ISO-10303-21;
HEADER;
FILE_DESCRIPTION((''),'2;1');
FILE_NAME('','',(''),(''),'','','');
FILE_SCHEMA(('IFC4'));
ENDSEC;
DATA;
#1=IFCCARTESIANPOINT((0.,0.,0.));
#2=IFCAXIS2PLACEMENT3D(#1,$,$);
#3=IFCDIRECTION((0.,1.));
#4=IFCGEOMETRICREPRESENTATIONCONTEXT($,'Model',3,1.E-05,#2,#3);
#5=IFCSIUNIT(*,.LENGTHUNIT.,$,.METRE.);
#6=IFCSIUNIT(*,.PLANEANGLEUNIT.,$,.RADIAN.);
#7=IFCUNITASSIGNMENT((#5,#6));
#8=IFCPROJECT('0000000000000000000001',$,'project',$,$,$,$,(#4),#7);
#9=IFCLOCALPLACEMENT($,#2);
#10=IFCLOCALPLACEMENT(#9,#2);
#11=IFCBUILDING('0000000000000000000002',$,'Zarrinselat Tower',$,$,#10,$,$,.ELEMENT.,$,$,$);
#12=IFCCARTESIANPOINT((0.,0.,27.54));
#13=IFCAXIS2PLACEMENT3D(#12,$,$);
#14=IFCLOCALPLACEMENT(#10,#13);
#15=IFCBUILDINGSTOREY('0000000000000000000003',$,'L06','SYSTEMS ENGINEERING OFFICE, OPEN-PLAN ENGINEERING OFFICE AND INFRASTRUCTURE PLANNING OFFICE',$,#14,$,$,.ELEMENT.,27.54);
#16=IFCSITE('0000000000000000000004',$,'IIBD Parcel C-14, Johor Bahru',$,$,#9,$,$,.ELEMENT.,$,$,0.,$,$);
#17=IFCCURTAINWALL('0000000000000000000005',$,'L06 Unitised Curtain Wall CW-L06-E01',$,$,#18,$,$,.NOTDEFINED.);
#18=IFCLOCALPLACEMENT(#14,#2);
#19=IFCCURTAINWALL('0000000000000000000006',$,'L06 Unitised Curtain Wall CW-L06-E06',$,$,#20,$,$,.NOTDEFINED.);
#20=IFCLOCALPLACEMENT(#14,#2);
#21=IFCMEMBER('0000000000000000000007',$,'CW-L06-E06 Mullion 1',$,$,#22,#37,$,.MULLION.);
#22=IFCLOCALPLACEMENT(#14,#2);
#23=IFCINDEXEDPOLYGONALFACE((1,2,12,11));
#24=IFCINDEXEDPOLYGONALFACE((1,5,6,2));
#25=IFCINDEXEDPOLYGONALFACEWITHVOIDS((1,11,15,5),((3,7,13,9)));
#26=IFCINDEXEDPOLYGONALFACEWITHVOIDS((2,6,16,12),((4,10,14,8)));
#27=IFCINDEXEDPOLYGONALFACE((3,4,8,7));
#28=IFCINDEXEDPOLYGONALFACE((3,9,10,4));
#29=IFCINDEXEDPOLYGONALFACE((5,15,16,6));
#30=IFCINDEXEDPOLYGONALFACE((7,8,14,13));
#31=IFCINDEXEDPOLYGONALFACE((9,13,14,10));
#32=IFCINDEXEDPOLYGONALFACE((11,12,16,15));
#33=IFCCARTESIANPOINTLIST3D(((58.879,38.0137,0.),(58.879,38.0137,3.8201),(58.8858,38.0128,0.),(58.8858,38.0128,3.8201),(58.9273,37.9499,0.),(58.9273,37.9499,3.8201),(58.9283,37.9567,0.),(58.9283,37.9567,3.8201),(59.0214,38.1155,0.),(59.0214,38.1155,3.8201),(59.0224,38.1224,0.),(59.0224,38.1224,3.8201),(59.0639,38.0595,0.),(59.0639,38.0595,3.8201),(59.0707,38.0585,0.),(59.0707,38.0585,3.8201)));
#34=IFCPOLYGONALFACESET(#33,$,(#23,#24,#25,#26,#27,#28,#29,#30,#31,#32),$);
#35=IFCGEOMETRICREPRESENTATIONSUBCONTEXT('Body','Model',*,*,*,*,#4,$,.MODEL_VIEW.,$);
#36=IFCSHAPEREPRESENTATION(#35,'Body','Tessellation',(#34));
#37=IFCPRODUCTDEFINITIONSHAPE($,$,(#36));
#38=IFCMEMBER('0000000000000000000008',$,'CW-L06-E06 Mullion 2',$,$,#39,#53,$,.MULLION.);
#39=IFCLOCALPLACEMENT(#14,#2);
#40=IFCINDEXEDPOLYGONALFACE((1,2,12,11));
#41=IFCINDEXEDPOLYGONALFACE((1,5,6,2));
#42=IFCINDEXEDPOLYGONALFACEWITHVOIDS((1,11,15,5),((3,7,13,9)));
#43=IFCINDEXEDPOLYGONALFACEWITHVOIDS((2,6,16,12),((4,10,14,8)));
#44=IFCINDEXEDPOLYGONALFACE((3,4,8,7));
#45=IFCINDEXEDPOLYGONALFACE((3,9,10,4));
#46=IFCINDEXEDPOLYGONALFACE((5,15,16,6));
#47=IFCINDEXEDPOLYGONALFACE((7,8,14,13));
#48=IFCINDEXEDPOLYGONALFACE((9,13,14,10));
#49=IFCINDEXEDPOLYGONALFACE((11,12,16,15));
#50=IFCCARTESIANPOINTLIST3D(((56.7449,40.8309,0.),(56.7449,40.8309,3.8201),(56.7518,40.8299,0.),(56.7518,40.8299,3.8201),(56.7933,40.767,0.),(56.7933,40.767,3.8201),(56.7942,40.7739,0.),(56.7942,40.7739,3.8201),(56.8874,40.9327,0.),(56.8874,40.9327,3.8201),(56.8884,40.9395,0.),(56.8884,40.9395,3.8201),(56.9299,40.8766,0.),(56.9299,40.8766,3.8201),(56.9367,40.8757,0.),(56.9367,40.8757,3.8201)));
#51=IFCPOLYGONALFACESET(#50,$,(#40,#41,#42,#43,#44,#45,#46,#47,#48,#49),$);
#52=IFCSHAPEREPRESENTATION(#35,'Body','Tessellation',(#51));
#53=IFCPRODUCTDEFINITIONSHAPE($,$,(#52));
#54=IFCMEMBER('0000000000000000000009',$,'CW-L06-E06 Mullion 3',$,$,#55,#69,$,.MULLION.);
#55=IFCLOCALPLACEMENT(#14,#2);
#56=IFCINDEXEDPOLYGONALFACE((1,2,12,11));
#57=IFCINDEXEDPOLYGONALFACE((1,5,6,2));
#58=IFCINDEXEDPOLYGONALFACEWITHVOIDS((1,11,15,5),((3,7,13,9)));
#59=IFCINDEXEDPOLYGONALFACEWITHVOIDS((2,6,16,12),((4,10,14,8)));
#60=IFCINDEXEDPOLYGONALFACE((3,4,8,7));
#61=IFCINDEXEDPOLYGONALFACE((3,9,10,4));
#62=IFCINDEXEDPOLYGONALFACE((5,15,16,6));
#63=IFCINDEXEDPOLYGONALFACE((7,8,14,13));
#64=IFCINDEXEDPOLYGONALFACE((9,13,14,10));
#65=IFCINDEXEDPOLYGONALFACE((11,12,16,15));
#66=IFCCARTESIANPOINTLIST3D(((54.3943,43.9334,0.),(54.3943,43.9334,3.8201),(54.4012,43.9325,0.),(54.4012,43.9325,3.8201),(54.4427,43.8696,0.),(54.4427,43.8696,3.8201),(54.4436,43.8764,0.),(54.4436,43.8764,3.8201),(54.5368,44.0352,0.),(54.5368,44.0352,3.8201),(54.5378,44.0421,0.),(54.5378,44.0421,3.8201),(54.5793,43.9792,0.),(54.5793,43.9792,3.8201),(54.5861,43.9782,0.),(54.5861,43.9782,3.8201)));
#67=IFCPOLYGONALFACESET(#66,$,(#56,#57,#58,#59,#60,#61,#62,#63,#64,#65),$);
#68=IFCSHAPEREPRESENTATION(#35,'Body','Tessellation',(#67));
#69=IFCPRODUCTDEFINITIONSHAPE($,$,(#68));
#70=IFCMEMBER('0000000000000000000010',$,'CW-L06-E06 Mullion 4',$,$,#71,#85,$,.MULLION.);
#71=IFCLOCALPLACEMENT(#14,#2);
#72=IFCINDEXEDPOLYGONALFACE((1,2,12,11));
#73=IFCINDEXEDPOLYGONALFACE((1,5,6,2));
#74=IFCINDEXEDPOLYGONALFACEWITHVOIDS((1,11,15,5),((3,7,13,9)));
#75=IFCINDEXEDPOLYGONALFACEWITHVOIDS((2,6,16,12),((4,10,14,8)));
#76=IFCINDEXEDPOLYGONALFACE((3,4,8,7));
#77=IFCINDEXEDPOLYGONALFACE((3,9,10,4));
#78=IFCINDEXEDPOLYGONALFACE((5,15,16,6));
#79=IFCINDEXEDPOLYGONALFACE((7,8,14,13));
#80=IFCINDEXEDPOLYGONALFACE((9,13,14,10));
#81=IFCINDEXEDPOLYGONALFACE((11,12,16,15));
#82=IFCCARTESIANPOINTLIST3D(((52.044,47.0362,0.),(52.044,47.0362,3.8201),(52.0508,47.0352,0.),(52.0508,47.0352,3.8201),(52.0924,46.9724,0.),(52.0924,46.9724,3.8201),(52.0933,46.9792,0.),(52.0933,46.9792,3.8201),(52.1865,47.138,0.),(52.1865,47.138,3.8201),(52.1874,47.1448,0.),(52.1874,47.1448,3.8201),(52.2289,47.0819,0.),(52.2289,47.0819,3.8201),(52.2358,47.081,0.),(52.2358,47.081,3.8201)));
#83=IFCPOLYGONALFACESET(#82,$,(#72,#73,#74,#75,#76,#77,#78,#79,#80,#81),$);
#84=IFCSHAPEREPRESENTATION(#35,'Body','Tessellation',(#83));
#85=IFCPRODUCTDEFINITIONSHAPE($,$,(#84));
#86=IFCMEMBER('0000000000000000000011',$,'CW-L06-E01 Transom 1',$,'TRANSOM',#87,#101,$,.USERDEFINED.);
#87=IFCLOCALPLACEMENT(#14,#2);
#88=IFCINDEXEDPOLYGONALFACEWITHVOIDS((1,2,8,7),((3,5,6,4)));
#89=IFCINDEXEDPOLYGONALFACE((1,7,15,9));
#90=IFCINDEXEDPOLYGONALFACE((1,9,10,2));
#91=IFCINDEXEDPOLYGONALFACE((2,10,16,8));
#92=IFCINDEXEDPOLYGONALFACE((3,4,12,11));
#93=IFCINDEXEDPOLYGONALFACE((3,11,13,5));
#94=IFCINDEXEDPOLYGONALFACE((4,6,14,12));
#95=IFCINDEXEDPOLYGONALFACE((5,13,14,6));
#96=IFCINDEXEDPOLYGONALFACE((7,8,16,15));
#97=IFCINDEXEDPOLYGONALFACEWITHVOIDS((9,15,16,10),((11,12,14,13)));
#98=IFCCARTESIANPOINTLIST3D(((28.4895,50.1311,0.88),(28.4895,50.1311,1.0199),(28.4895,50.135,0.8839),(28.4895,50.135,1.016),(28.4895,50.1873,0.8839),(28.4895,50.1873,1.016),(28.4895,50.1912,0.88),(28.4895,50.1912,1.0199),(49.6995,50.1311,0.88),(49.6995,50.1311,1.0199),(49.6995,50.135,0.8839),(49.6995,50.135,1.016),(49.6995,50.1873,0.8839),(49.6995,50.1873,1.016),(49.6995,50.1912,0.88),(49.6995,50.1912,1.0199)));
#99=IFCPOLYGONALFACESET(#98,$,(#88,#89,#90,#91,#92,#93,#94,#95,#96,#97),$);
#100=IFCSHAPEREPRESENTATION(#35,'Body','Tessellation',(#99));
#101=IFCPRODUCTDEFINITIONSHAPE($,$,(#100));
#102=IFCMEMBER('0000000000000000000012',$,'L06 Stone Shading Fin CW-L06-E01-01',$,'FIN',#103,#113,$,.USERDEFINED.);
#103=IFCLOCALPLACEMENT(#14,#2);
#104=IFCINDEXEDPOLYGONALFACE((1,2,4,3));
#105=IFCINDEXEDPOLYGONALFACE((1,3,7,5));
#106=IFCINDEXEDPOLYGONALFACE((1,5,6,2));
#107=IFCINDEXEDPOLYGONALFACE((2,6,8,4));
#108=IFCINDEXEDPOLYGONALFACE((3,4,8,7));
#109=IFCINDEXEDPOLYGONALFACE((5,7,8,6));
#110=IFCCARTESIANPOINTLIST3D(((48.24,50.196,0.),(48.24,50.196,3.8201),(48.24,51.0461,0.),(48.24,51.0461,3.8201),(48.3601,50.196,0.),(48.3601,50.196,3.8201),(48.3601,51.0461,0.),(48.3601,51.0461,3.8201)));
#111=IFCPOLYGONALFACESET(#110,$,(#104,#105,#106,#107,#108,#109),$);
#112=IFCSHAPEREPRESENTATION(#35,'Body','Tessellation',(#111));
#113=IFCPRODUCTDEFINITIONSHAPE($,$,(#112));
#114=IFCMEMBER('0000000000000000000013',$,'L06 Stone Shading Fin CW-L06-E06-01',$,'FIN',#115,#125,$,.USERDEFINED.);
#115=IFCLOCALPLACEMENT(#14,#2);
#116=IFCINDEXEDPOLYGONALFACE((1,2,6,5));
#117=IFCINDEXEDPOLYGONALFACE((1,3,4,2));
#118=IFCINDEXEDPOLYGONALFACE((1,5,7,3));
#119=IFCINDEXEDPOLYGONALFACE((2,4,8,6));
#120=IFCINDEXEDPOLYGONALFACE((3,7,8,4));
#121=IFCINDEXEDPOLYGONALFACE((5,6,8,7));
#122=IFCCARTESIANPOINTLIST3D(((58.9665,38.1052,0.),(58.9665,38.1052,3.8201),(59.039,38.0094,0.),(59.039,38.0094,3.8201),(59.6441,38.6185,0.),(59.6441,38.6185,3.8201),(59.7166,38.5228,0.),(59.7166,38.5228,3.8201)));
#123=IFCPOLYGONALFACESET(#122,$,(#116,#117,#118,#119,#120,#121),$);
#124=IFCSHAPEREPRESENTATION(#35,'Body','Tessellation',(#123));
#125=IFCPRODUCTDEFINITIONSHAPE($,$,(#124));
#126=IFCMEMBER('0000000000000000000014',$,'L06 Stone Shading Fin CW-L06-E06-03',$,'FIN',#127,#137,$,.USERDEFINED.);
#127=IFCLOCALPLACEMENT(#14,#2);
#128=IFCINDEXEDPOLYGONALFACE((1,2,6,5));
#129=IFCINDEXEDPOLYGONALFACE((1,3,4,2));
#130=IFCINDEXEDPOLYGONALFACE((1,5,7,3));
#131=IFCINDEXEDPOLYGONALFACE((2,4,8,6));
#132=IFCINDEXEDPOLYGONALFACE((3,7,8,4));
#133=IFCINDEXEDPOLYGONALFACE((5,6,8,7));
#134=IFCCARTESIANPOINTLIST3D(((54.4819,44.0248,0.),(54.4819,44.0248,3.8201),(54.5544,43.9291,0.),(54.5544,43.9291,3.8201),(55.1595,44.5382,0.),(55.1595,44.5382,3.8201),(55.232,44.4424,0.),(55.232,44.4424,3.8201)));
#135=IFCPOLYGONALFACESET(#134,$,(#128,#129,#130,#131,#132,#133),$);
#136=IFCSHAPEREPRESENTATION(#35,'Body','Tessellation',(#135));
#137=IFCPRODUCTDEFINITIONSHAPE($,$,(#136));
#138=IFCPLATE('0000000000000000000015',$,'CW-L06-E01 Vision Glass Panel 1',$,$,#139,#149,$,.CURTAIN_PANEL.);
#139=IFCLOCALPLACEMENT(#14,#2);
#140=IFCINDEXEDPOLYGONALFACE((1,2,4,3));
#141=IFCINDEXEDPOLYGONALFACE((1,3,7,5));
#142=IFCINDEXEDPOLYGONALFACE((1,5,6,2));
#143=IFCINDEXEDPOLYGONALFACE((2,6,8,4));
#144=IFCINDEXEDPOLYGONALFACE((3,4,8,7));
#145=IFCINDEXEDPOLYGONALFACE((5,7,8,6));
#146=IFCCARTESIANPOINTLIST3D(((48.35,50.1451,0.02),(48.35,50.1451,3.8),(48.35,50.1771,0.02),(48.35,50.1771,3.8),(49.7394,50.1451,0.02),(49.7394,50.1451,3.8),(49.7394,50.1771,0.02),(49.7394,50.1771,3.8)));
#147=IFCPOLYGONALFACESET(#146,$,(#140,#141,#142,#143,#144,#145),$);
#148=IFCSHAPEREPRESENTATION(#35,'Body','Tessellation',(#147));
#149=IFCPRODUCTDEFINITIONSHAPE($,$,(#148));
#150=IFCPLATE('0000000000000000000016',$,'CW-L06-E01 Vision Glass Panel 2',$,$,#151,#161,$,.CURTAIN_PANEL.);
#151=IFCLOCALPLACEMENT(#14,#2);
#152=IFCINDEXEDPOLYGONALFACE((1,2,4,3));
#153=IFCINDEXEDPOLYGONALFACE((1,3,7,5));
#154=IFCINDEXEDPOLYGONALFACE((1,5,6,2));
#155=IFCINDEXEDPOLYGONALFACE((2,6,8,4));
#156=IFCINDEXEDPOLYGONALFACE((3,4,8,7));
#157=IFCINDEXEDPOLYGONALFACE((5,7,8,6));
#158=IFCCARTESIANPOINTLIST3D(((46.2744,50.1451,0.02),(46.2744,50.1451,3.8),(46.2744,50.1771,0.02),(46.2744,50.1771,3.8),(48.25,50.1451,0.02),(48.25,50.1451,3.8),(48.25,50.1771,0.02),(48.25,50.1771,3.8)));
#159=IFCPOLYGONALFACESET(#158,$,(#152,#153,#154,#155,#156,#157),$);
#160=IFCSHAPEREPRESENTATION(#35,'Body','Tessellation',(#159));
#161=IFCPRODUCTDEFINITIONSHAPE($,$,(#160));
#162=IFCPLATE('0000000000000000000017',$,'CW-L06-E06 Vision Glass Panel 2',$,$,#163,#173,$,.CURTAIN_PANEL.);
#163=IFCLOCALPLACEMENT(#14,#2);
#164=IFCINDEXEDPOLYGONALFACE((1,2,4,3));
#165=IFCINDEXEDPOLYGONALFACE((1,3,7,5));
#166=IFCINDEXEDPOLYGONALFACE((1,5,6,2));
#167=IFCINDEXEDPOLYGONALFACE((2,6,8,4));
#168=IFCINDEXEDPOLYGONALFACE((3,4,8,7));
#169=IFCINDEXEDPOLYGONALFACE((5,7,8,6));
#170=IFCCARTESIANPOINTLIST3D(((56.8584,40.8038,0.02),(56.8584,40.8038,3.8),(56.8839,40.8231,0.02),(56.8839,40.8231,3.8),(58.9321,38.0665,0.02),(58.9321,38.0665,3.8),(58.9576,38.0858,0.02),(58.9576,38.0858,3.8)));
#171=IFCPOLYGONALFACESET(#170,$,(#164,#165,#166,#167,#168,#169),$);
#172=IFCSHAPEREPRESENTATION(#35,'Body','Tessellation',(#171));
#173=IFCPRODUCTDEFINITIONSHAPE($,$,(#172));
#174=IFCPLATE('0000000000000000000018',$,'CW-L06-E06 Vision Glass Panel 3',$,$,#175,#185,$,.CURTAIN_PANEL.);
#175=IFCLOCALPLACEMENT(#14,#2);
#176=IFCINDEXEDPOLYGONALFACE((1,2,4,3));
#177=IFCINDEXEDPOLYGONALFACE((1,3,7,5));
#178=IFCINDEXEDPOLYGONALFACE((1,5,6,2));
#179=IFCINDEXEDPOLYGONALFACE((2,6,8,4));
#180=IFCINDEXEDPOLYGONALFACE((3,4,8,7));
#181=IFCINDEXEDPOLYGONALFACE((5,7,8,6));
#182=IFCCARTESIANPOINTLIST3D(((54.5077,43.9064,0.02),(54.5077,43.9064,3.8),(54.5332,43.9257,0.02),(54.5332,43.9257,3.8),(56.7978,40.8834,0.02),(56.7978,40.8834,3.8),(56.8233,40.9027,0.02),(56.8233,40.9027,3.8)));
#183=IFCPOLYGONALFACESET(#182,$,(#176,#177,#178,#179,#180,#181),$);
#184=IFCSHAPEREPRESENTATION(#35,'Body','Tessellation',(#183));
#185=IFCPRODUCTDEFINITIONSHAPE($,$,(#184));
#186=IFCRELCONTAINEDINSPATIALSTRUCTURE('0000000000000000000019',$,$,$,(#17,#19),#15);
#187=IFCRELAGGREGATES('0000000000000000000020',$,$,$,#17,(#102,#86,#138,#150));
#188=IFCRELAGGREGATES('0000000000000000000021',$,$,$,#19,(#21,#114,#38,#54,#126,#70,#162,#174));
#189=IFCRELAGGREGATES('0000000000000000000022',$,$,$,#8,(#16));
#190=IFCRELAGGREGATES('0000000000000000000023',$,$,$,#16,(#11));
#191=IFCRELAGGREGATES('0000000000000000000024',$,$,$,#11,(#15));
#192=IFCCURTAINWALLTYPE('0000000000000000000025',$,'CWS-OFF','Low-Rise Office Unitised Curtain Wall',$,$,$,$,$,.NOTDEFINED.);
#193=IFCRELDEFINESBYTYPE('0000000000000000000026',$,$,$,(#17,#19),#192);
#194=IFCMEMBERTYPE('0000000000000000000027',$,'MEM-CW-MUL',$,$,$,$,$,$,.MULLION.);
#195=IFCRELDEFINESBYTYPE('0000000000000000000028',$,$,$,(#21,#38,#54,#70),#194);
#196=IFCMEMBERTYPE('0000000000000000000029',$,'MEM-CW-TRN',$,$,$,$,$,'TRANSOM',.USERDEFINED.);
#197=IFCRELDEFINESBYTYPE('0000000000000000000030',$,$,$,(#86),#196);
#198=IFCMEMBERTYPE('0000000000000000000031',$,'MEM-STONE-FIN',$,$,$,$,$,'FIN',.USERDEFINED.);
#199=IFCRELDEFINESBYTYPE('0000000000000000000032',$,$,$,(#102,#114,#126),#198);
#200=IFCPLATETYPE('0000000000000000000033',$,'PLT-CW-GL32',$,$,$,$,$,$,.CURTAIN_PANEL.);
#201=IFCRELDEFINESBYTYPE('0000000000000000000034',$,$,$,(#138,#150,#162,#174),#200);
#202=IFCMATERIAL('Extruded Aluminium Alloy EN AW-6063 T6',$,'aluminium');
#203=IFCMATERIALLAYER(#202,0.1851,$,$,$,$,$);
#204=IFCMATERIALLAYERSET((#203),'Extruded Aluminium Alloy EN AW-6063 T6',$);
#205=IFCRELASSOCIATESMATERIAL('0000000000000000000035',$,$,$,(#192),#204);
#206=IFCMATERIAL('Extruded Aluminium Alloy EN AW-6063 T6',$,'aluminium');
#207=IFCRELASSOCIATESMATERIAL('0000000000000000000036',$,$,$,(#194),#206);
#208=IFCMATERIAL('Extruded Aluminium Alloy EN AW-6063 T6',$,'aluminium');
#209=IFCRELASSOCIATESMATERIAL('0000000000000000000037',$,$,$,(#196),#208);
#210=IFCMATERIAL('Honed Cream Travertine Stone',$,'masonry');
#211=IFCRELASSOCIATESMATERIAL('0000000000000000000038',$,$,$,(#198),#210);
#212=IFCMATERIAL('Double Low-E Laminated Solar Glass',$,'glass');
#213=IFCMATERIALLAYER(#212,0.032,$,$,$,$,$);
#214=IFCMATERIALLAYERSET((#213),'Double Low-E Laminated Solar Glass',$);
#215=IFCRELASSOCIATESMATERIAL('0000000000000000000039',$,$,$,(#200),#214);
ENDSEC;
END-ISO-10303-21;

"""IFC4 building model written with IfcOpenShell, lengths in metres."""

from ifc_helpers import new_model, si_unit, direction, frame, origin, origin_2d, place, context, subcontext, project, spatial, rectangle, hollow_rectangle, extrude, material, layer, layer_set, material_profile, profile_set, type_object, element, aggregate, save


model = new_model("IFC4")

# Units and contexts
model_context = context("Model", 3, precision=1e-05, world=origin(), true_north=direction((0.0, 1.0)))
body_context = subcontext(model_context, "Body", "Model", "MODEL_VIEW")
ifc_project = project(units=[si_unit("LENGTHUNIT", "METRE"), si_unit("PLANEANGLEUNIT", "RADIAN")], contexts=[model_context])

# Site, building, storey
site_placement = place(None, origin())
site = spatial("IfcSite", under=ifc_project, at=site_placement, Name="IIBD Parcel C-14, Johor Bahru", CompositionType="ELEMENT", RefElevation=0.0)
building_placement = place(site_placement, origin())
building = spatial("IfcBuilding", under=site, at=building_placement, Name="Zarrinselat Tower", CompositionType="ELEMENT")
storey_placement = place(building_placement, frame((0.0, 0.0, 27.54)))
storey = spatial("IfcBuildingStorey", under=building, at=storey_placement, Name="L06", Description="SYSTEMS ENGINEERING OFFICE, OPEN-PLAN ENGINEERING OFFICE AND INFRASTRUCTURE PLANNING OFFICE", CompositionType="ELEMENT", Elevation=27.54)

# Curtain walls, members
ifc_material_1 = material(Name="Extruded Aluminium Alloy EN AW-6063 T6", Category="aluminium")
ifc_layer_1 = layer(ifc_material_1, 0.1851)
ifc_layer_set_1 = layer_set([ifc_layer_1], Name="Extruded Aluminium Alloy EN AW-6063 T6")
curtain_wall_type = type_object("IfcCurtainWallType", Name="CWS-OFF", Description="Low-Rise Office Unitised Curtain Wall", PredefinedType="NOTDEFINED", material=ifc_layer_set_1)
curtain_wall_1_placement = place(storey_placement, origin())
curtain_wall_1 = element("IfcCurtainWall", 1, at=curtain_wall_1_placement, inside=storey, type_object=curtain_wall_type, Name="L06 Unitised Curtain Wall CW-L06-E01", PredefinedType="NOTDEFINED")
ifc_material_2 = material(Name="Extruded Aluminium Alloy EN AW-6063 T6", Category="aluminium")
ifc_material_profile_1 = material_profile(ifc_material_2, hollow_rectangle(XDim=0.0801, YDim=0.1799, WallThickness=0.0049, at=origin_2d()), Name="RHS 180x80x5")
ifc_profile_set_1 = profile_set([ifc_material_profile_1], Name="Extruded Aluminium Alloy EN AW-6063 T6")
member_type_1 = type_object("IfcMemberType", Name="MEM-CW-MUL", PredefinedType="MULLION", material=ifc_profile_set_1)
curtain_wall_2_placement = place(storey_placement, origin())
curtain_wall_2 = element("IfcCurtainWall", 2, at=curtain_wall_2_placement, inside=storey, type_object=curtain_wall_type, Name="L06 Unitised Curtain Wall CW-L06-E06", PredefinedType="NOTDEFINED")
member_1_placement = place(storey_placement, frame((58.9749, 38.0361, 0.0), z_axis=(0.0, 0.0, 1.0), x_axis=(-0.603859, 0.797091, 0.0)))
member_1 = element("IfcMember", 3, at=member_1_placement, type_object=member_type_1, Name="CW-L06-E06 Mullion 1", PredefinedType="MULLION", context=body_context, shape_type="SweptSolid", body=[
    extrude(hollow_rectangle(XDim=0.0801, YDim=0.1799, WallThickness=0.0049, at=origin_2d()), origin(), (0.0, 0.0, 1.0), 3.8201),
])
member_2_placement = place(storey_placement, frame((56.8408, 40.8533, 0.0), z_axis=(0.0, 0.0, 1.0), x_axis=(-0.603859, 0.797091, 0.0)))
member_2 = element("IfcMember", 4, at=member_2_placement, type_object=member_type_1, Name="CW-L06-E06 Mullion 2", PredefinedType="MULLION", context=body_context, shape_type="SweptSolid", body=[
    extrude(hollow_rectangle(XDim=0.0801, YDim=0.1799, WallThickness=0.0049, at=origin_2d()), origin(), (0.0, 0.0, 1.0), 3.8201),
])
member_3_placement = place(storey_placement, frame((54.4902, 43.9558, 0.0), z_axis=(0.0, 0.0, 1.0), x_axis=(-0.603859, 0.797091, 0.0)))
member_3 = element("IfcMember", 5, at=member_3_placement, type_object=member_type_1, Name="CW-L06-E06 Mullion 3", PredefinedType="MULLION", context=body_context, shape_type="SweptSolid", body=[
    extrude(hollow_rectangle(XDim=0.0801, YDim=0.1799, WallThickness=0.0049, at=origin_2d()), origin(), (0.0, 0.0, 1.0), 3.8201),
])
member_4_placement = place(storey_placement, frame((52.1399, 47.0586, 0.0), z_axis=(0.0, 0.0, 1.0), x_axis=(-0.603859, 0.797091, 0.0)))
member_4 = element("IfcMember", 6, at=member_4_placement, type_object=member_type_1, Name="CW-L06-E06 Mullion 4", PredefinedType="MULLION", context=body_context, shape_type="SweptSolid", body=[
    extrude(hollow_rectangle(XDim=0.0801, YDim=0.1799, WallThickness=0.0049, at=origin_2d()), origin(), (0.0, 0.0, 1.0), 3.8201),
])

# Members
ifc_material_3 = material(Name="Extruded Aluminium Alloy EN AW-6063 T6", Category="aluminium")
ifc_material_profile_2 = material_profile(ifc_material_3, hollow_rectangle(XDim=0.0601, YDim=0.1399, WallThickness=0.0039, at=origin_2d()), Name="RHS 140x60x4")
ifc_profile_set_2 = profile_set([ifc_material_profile_2], Name="Extruded Aluminium Alloy EN AW-6063 T6")
member_type_2 = type_object("IfcMemberType", Name="MEM-CW-TRN", ElementType="TRANSOM", PredefinedType="USERDEFINED", material=ifc_profile_set_2)
member_5_placement = place(storey_placement, frame((49.6995, 50.1611, 0.95), z_axis=(-1.0, 0.0, 0.0), x_axis=(0.0, -1.0, 0.0)))
member_5 = element("IfcMember", 7, at=member_5_placement, type_object=member_type_2, Name="CW-L06-E01 Transom 1", ObjectType="TRANSOM", PredefinedType="USERDEFINED", context=body_context, shape_type="SweptSolid", body=[
    extrude(hollow_rectangle(XDim=0.0601, YDim=0.1399, WallThickness=0.0039, at=origin_2d()), origin(), (0.0, 0.0, 1.0), 21.21),
])
ifc_material_4 = material(Name="Honed Cream Travertine Stone", Category="masonry")
ifc_material_profile_3 = material_profile(ifc_material_4, rectangle(XDim=0.1201, YDim=0.8501, at=origin_2d()), Name="FIN 850x120")
ifc_profile_set_3 = profile_set([ifc_material_profile_3], Name="Honed Cream Travertine Stone")
member_type_3 = type_object("IfcMemberType", Name="MEM-STONE-FIN", ElementType="FIN", PredefinedType="USERDEFINED", material=ifc_profile_set_3)
member_6_placement = place(storey_placement, frame((48.3, 50.6211, 0.0), z_axis=(0.0, 0.0, 1.0), x_axis=(1.0, 0.0, 0.0)))
member_6 = element("IfcMember", 8, at=member_6_placement, type_object=member_type_3, Name="L06 Stone Shading Fin CW-L06-E01-01", ObjectType="FIN", PredefinedType="USERDEFINED", context=body_context, shape_type="SweptSolid", body=[
    extrude(rectangle(XDim=0.1201, YDim=0.8501, at=origin_2d()), origin(), (0.0, 0.0, 1.0), 3.8201),
])
member_7_placement = place(storey_placement, frame((59.3416, 38.314, 0.0), z_axis=(0.0, 0.0, 1.0), x_axis=(0.603859, -0.797091, 0.0)))
member_7 = element("IfcMember", 9, at=member_7_placement, type_object=member_type_3, Name="L06 Stone Shading Fin CW-L06-E06-01", ObjectType="FIN", PredefinedType="USERDEFINED", context=body_context, shape_type="SweptSolid", body=[
    extrude(rectangle(XDim=0.1201, YDim=0.8501, at=origin_2d()), origin(), (0.0, 0.0, 1.0), 3.8201),
])
member_8_placement = place(storey_placement, frame((54.8569, 44.2336, 0.0), z_axis=(0.0, 0.0, 1.0), x_axis=(0.603859, -0.797091, 0.0)))
member_8 = element("IfcMember", 10, at=member_8_placement, type_object=member_type_3, Name="L06 Stone Shading Fin CW-L06-E06-03", ObjectType="FIN", PredefinedType="USERDEFINED", context=body_context, shape_type="SweptSolid", body=[
    extrude(rectangle(XDim=0.1201, YDim=0.8501, at=origin_2d()), origin(), (0.0, 0.0, 1.0), 3.8201),
])

# Plates
ifc_material_5 = material(Name="Double Low-E Laminated Solar Glass", Category="glass")
ifc_layer_2 = layer(ifc_material_5, 0.032)
ifc_layer_set_2 = layer_set([ifc_layer_2], Name="Double Low-E Laminated Solar Glass")
plate_type = type_object("IfcPlateType", Name="PLT-CW-GL32", PredefinedType="CURTAIN_PANEL", material=ifc_layer_set_2)
plate_1_placement = place(storey_placement, frame((49.0447, 50.1611, 0.02), z_axis=(0.0, 0.0, 1.0), x_axis=(-1.0, 0.0, 0.0)))
plate_1 = element("IfcPlate", 11, at=plate_1_placement, type_object=plate_type, Name="CW-L06-E01 Vision Glass Panel 1", PredefinedType="CURTAIN_PANEL", context=body_context, shape_type="SweptSolid", body=[
    extrude(rectangle(XDim=1.3894, YDim=0.032, at=origin_2d()), origin(), (0.0, 0.0, 1.0), 3.78),
])
plate_2_placement = place(storey_placement, frame((47.2622, 50.1611, 0.02), z_axis=(0.0, 0.0, 1.0), x_axis=(-1.0, 0.0, 0.0)))
plate_2 = element("IfcPlate", 12, at=plate_2_placement, type_object=plate_type, Name="CW-L06-E01 Vision Glass Panel 2", PredefinedType="CURTAIN_PANEL", context=body_context, shape_type="SweptSolid", body=[
    extrude(rectangle(XDim=1.9756, YDim=0.032, at=origin_2d()), origin(), (0.0, 0.0, 1.0), 3.78),
])
aggregate(curtain_wall_1, [member_6, member_5, plate_1, plate_2])
plate_3_placement = place(storey_placement, frame((57.908, 39.4448, 0.02), z_axis=(0.0, 0.0, 1.0), x_axis=(-0.603859, 0.797091, 0.0)))
plate_3 = element("IfcPlate", 13, at=plate_3_placement, type_object=plate_type, Name="CW-L06-E06 Vision Glass Panel 2", PredefinedType="CURTAIN_PANEL", context=body_context, shape_type="SweptSolid", body=[
    extrude(rectangle(XDim=3.4341, YDim=0.032, at=origin_2d()), origin(), (0.0, 0.0, 1.0), 3.78),
])
plate_4_placement = place(storey_placement, frame((55.6655, 42.4045, 0.02), z_axis=(0.0, 0.0, 1.0), x_axis=(-0.603859, 0.797091, 0.0)))
plate_4 = element("IfcPlate", 14, at=plate_4_placement, type_object=plate_type, Name="CW-L06-E06 Vision Glass Panel 3", PredefinedType="CURTAIN_PANEL", context=body_context, shape_type="SweptSolid", body=[
    extrude(rectangle(XDim=3.7925, YDim=0.032, at=origin_2d()), origin(), (0.0, 0.0, 1.0), 3.78),
])
aggregate(curtain_wall_2, [member_1, member_7, member_2, member_3, member_8, member_4, plate_3, plate_4])

save(model, "model.ifc")
